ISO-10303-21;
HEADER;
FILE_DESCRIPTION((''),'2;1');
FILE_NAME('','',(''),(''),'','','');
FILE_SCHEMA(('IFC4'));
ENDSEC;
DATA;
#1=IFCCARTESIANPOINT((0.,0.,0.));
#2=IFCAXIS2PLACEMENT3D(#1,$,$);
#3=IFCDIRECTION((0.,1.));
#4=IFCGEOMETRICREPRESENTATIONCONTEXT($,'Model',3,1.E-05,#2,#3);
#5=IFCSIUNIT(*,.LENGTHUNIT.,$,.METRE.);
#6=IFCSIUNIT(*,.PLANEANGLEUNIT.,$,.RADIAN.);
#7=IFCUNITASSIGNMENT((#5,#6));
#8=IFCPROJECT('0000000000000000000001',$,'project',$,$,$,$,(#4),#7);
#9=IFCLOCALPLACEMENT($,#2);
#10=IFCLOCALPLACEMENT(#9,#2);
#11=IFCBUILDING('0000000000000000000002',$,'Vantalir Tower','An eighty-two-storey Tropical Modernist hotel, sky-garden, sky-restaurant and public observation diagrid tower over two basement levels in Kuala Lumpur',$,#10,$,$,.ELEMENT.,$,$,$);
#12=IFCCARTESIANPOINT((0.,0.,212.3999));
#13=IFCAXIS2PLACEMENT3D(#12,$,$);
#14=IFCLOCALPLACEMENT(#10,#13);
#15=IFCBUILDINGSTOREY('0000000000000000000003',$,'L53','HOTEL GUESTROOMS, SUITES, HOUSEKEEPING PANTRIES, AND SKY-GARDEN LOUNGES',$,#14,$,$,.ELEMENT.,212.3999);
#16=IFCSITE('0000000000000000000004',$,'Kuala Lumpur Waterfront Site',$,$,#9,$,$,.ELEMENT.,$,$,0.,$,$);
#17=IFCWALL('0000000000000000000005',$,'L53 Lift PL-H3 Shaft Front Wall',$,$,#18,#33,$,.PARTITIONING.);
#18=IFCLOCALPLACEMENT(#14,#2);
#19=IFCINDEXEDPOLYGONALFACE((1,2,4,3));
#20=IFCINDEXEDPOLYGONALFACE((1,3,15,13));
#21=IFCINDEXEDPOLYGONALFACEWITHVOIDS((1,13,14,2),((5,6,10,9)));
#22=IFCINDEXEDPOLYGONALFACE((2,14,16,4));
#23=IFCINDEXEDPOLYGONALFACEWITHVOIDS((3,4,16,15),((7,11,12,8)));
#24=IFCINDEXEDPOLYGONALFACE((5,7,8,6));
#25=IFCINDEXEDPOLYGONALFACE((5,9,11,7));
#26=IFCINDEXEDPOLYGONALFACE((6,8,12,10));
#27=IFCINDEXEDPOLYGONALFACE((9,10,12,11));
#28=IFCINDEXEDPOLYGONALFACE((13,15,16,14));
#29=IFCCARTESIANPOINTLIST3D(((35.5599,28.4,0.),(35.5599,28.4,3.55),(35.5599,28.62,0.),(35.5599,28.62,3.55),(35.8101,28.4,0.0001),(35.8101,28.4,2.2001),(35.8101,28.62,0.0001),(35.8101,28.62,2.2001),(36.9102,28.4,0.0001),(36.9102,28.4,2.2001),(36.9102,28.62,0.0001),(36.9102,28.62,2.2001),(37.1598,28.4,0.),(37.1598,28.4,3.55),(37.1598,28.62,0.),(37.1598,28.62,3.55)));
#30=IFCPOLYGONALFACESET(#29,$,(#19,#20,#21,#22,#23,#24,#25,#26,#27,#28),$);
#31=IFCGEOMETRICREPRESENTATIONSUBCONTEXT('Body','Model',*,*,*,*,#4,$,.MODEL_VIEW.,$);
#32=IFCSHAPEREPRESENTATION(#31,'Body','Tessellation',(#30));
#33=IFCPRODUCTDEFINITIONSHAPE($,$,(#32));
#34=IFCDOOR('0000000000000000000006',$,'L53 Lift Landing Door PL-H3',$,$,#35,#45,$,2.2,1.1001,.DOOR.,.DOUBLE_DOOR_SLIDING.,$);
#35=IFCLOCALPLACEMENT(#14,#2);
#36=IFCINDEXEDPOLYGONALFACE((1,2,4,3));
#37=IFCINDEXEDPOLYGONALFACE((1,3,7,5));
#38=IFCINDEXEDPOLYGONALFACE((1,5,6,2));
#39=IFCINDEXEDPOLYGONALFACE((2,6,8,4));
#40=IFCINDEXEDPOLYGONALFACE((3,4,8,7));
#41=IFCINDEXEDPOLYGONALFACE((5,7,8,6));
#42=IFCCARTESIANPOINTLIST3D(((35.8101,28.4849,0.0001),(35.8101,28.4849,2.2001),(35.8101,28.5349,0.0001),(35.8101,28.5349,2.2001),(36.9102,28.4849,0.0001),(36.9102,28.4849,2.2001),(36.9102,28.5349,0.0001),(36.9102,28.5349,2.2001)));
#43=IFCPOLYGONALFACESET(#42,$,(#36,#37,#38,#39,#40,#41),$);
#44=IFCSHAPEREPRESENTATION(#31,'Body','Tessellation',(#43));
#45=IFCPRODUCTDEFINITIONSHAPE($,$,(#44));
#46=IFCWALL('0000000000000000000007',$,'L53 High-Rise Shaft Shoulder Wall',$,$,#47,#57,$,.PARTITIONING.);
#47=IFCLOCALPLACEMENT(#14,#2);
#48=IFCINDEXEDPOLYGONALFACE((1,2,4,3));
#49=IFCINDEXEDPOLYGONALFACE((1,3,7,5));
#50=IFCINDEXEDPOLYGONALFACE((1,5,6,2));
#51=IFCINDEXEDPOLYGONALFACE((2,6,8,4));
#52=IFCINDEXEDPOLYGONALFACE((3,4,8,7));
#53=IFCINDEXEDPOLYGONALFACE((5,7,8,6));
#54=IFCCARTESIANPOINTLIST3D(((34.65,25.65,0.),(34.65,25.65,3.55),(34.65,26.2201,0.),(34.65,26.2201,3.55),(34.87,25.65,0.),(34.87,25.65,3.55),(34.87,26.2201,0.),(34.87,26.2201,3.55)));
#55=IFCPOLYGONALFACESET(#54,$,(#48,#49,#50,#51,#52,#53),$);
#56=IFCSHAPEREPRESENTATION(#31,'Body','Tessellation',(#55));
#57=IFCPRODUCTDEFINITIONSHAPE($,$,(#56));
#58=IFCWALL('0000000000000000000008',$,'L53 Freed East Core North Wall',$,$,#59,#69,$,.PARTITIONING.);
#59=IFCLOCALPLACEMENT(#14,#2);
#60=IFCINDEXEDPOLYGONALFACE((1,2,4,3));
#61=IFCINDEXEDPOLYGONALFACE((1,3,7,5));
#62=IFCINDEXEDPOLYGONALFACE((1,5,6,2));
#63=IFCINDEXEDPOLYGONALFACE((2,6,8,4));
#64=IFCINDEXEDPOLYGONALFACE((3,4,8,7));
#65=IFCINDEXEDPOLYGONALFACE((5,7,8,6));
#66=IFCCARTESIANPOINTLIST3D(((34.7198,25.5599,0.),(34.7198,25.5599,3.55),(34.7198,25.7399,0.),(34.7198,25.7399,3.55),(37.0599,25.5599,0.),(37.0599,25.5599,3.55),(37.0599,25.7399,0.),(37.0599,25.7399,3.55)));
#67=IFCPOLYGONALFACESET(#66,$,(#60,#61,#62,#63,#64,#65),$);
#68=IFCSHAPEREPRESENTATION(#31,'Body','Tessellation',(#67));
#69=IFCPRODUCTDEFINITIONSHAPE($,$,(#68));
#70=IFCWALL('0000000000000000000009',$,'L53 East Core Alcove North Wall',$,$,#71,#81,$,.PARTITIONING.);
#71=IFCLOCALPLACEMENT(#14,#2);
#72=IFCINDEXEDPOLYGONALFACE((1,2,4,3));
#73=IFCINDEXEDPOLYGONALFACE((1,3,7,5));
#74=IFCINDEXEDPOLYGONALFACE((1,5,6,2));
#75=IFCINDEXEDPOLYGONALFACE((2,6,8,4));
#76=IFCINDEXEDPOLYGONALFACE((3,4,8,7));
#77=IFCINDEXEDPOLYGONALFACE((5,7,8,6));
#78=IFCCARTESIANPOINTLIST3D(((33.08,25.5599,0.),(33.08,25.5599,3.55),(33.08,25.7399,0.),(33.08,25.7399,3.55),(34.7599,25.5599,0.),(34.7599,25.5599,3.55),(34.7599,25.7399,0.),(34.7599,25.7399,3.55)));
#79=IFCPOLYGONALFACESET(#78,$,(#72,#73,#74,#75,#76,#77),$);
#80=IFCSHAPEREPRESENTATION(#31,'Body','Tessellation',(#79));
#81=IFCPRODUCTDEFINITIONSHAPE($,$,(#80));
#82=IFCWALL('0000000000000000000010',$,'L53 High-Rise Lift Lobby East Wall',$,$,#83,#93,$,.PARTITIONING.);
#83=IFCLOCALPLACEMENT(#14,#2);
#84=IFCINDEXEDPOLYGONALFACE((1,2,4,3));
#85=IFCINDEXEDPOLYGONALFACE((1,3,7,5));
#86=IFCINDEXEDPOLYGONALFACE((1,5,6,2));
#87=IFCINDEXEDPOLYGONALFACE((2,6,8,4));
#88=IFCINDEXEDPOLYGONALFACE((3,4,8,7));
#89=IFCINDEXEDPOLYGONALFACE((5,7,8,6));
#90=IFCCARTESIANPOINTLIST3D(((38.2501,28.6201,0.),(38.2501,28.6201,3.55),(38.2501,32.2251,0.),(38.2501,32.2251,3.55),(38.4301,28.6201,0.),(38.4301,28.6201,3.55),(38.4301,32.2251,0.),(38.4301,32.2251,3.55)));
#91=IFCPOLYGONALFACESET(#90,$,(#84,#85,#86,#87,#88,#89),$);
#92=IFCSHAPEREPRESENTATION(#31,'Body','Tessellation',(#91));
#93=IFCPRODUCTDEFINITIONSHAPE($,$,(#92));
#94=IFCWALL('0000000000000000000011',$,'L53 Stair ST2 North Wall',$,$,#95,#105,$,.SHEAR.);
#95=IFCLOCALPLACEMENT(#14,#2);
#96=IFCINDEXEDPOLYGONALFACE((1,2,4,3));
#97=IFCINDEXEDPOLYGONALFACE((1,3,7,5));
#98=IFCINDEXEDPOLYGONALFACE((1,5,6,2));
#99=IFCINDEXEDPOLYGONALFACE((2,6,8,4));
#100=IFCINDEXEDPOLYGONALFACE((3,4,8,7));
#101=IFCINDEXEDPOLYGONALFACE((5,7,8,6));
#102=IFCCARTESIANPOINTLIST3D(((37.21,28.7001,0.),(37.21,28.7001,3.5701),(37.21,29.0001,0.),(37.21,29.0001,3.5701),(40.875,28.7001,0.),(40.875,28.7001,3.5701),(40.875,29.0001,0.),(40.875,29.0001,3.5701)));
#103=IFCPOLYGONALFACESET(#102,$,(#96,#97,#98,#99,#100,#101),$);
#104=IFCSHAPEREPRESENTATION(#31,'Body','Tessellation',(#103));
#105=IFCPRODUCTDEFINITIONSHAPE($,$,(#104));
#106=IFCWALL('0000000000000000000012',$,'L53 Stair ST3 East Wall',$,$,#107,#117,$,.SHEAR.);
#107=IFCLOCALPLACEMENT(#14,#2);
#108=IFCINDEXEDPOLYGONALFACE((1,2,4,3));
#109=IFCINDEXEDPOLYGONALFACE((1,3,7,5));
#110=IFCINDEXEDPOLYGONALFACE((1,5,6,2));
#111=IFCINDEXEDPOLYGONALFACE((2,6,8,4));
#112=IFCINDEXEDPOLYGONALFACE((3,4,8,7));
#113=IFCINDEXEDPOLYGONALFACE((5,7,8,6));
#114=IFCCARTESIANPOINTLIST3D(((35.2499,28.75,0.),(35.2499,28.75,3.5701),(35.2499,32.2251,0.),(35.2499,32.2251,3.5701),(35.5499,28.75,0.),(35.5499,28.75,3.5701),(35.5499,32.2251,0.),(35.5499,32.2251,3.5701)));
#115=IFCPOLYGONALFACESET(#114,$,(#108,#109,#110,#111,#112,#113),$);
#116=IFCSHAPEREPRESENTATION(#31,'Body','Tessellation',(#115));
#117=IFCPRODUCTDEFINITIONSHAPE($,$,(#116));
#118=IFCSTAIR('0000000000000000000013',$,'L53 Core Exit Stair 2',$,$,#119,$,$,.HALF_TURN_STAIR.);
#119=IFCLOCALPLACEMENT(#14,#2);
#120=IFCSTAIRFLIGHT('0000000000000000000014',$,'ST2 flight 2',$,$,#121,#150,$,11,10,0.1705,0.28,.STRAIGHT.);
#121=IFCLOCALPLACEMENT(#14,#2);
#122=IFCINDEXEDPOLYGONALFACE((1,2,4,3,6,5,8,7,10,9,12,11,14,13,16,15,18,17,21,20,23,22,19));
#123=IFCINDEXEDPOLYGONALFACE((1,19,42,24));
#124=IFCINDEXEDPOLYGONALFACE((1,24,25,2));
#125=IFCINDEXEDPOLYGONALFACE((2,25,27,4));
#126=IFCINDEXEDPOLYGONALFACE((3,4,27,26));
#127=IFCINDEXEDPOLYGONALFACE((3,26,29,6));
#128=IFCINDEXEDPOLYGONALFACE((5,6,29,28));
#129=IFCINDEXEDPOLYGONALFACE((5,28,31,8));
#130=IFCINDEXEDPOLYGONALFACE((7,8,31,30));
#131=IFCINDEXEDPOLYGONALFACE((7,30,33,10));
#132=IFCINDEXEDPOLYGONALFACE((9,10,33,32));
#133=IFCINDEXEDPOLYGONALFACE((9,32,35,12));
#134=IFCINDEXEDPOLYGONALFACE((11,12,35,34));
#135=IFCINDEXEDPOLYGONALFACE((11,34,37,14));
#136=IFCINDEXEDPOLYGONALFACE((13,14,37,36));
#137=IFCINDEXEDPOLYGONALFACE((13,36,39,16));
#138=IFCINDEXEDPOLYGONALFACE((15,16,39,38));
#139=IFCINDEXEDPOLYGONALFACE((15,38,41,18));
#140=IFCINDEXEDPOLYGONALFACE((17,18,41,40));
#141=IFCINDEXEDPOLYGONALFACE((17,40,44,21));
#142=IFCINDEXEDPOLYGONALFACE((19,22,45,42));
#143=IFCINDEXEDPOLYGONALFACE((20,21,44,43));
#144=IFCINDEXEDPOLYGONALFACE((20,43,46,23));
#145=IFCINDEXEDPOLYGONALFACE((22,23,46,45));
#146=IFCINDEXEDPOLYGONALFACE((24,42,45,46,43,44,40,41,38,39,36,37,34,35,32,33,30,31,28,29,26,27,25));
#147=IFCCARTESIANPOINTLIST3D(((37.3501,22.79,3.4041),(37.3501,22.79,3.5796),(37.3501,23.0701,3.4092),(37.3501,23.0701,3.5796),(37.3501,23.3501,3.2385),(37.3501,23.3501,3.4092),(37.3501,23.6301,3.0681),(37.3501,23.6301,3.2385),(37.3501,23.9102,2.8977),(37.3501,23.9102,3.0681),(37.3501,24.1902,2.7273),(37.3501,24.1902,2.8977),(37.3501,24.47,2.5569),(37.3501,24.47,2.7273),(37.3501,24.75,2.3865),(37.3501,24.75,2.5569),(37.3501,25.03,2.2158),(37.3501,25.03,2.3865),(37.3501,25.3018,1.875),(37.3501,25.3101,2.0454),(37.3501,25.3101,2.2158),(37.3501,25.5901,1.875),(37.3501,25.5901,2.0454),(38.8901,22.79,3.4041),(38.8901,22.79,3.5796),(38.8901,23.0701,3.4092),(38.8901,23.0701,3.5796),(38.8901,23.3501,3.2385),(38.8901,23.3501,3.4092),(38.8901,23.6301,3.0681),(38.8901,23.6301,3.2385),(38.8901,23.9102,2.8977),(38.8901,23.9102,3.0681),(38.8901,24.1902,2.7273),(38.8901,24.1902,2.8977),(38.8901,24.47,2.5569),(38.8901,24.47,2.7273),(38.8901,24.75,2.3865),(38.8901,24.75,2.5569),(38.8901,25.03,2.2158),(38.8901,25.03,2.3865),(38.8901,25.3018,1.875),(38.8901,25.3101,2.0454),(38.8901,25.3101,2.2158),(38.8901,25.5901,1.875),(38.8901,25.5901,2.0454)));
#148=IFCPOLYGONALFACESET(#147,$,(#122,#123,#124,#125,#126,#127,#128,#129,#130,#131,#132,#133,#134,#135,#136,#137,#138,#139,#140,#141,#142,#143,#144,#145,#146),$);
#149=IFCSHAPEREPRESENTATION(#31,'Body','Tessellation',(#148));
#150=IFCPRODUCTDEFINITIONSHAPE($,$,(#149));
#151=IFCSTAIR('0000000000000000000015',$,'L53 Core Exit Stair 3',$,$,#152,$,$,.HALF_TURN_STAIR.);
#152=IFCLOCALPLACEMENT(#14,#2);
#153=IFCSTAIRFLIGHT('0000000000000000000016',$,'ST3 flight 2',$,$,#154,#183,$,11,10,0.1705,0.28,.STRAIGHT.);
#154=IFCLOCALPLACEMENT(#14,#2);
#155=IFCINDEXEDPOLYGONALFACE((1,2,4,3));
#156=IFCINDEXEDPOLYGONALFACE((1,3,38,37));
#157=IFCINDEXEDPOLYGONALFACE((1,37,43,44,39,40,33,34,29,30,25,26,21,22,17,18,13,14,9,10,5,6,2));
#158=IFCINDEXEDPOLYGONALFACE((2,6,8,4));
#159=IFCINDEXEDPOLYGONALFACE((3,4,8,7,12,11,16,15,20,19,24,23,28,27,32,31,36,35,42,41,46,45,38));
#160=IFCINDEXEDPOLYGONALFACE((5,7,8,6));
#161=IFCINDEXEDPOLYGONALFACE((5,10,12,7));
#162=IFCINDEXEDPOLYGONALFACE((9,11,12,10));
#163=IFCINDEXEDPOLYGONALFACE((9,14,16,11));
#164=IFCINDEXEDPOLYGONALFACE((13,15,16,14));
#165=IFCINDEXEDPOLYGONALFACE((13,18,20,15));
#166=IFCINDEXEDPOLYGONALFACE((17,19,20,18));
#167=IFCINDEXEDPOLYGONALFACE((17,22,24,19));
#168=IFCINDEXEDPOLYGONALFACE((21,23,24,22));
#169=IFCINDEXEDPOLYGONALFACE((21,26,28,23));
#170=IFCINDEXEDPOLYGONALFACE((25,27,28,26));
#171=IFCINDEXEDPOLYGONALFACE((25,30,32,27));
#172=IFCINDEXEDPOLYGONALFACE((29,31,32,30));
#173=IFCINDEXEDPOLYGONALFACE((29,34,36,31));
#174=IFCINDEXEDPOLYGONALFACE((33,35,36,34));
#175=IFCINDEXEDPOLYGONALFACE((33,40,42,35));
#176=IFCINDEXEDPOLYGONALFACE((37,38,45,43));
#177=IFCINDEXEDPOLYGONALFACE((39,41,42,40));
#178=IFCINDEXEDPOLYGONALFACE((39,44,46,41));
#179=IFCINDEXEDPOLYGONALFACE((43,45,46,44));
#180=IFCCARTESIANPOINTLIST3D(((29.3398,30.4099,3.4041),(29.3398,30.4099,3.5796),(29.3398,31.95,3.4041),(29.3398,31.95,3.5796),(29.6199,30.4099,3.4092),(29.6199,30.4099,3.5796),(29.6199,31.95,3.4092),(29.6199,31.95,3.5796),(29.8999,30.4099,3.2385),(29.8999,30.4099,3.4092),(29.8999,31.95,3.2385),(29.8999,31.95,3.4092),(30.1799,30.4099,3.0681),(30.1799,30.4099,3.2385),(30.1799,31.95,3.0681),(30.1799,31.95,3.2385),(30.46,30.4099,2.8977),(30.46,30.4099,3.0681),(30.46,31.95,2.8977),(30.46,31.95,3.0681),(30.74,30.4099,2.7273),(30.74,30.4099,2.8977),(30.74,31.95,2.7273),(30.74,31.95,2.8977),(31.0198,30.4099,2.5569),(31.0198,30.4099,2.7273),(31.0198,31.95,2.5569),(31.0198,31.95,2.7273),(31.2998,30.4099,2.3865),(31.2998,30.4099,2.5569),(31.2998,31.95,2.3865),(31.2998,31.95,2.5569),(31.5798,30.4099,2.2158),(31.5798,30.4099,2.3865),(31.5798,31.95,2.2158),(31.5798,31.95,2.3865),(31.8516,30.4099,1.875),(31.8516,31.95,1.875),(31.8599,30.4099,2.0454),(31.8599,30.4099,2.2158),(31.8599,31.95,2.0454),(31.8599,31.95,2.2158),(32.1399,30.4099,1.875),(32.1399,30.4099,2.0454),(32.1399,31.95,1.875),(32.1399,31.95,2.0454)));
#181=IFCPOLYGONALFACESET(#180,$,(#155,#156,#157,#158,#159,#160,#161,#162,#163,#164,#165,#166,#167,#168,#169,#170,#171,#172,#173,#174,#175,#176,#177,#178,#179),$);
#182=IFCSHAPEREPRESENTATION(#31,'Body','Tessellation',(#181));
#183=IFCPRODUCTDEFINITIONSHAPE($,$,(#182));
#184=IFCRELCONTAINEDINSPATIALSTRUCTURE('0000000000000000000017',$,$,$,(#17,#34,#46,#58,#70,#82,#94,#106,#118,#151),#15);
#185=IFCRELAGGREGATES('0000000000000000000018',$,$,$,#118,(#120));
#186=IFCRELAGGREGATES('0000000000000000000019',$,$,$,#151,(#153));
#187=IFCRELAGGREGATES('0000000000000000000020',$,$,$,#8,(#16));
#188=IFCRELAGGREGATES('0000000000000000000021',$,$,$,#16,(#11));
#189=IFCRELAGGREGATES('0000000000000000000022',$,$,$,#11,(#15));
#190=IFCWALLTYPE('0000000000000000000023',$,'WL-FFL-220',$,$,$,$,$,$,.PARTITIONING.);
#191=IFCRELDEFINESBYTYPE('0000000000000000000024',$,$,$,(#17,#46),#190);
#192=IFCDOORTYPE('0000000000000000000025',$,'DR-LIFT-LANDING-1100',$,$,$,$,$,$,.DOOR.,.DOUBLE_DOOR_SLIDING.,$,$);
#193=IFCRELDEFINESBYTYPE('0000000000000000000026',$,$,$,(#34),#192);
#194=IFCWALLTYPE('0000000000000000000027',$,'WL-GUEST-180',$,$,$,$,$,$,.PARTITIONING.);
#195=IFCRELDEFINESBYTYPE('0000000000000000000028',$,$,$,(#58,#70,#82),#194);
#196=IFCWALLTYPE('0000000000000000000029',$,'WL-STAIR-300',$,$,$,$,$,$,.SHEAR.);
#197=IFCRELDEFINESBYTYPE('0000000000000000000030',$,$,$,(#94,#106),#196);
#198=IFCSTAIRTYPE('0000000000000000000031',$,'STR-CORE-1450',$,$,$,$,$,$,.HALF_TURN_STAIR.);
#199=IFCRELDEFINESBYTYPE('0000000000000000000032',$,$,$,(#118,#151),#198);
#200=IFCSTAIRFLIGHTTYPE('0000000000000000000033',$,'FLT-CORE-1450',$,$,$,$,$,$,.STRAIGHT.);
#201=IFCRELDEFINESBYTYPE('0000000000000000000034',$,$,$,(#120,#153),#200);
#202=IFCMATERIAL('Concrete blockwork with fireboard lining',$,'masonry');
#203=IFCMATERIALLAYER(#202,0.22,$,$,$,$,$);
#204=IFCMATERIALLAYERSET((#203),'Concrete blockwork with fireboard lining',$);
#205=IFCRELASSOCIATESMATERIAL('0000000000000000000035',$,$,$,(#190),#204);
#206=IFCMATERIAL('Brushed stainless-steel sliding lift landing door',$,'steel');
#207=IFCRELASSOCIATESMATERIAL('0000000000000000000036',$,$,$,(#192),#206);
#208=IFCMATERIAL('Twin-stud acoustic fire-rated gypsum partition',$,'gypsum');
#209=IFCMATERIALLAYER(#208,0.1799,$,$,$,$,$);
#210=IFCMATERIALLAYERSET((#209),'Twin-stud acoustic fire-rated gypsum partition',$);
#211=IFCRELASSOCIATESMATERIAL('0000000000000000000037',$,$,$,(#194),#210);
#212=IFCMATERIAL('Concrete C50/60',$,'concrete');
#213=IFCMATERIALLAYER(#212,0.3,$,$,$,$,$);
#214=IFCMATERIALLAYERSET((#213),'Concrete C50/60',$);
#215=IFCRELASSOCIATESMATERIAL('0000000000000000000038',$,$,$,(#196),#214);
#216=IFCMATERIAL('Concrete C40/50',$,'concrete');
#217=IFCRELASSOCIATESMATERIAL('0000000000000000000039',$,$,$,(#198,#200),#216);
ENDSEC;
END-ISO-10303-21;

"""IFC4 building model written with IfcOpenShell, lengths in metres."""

from ifc_helpers import new_model, si_unit, direction, frame, frame_2d, origin, place, context, subcontext, project, spatial, polyline, rectangle, outline, extrude, material, layer, layer_set, type_object, element, fill, aggregate, save


model = new_model("IFC4")

# Units and contexts
model_context = context("Model", 3, precision=1e-05, world=origin(), true_north=direction((0.0, 1.0)))
body_context = subcontext(model_context, "Body", "Model", "MODEL_VIEW")
ifc_project = project(units=[si_unit("LENGTHUNIT", "METRE"), si_unit("PLANEANGLEUNIT", "RADIAN")], contexts=[model_context])

# Site, building, storey
site_placement = place(None, origin())
site = spatial("IfcSite", under=ifc_project, at=site_placement, Name="Kuala Lumpur Waterfront Site", CompositionType="ELEMENT", RefElevation=0.0)
building_placement = place(site_placement, origin())
building = spatial("IfcBuilding", under=site, at=building_placement, Name="Vantalir Tower", Description="An eighty-two-storey Tropical Modernist hotel, sky-garden, sky-restaurant and public observation diagrid tower over two basement levels in Kuala Lumpur", CompositionType="ELEMENT")
storey_placement = place(building_placement, frame((0.0, 0.0, 212.3999)))
storey = spatial("IfcBuildingStorey", under=building, at=storey_placement, Name="L53", Description="HOTEL GUESTROOMS, SUITES, HOUSEKEEPING PANTRIES, AND SKY-GARDEN LOUNGES", CompositionType="ELEMENT", Elevation=212.3999)

# Shared definitions
ifc_material_1 = material(Name="Concrete C50/60", Category="concrete")

# Shared definitions
ifc_material_2 = material(Name="Concrete blockwork with fireboard lining", Category="masonry")
ifc_layer_1 = layer(ifc_material_2, 0.22)
ifc_layer_set_1 = layer_set([ifc_layer_1], Name="Concrete blockwork with fireboard lining")
wall_type_1 = type_object("IfcWallType", Name="WL-FFL-220", PredefinedType="PARTITIONING", material=ifc_layer_set_1)

# Wall, opening, door
ifc_material_3 = material(Name="Brushed stainless-steel sliding lift landing door", Category="steel")
door_type = type_object("IfcDoorType", Name="DR-LIFT-LANDING-1100", OperationType="DOUBLE_DOOR_SLIDING", PredefinedType="DOOR", material=ifc_material_3)
wall_1_placement = place(storey_placement, frame((35.5601, 28.51, 0.0), z_axis=(0.0, 0.0, 1.0), x_axis=(1.0, 0.0, 0.0)))
wall_1 = element("IfcWall", 1, at=wall_1_placement, inside=storey, type_object=wall_type_1, Name="L53 Lift PL-H3 Shaft Front Wall", PredefinedType="PARTITIONING", context=body_context, shape_type="SweptSolid", body=[
    extrude(rectangle(XDim=1.5999, YDim=0.22, at=frame_2d((0.7998, 0.0))), origin(), (0.0, 0.0, 1.0), 3.55),
])
opening_1_placement = place(wall_1_placement, frame((0.25, 0.0, 0.0)))
opening_1 = element("IfcOpeningElement", 2, at=opening_1_placement, cuts=wall_1, PredefinedType="OPENING", context=body_context, shape_type="SweptSolid", body=[
    extrude(rectangle(XDim=1.1001, YDim=2.2, at=frame_2d((0.55, 1.1001))), frame((0.0, 0.1199, 0.0), z_axis=(0.0, -1.0, 0.0), x_axis=(1.0, 0.0, 0.0)), (0.0, 0.0, 1.0), 0.24),
])
door_1_placement = place(opening_1_placement, origin())
door_1 = element("IfcDoor", 3, at=door_1_placement, inside=storey, type_object=door_type, Name="L53 Lift Landing Door PL-H3", OperationType="DOUBLE_DOOR_SLIDING", OverallHeight=2.2, OverallWidth=1.1001, PredefinedType="DOOR", context=body_context, shape_type="SweptSolid", body=[
    extrude(rectangle(XDim=1.1001, YDim=2.2, at=frame_2d((0.55, 1.1001))), frame((0.0, 0.0249, 0.0), z_axis=(0.0, -1.0, 0.0), x_axis=(1.0, 0.0, 0.0)), (0.0, 0.0, 1.0), 0.05),
])
fill(opening_1, door_1)

# Walls
wall_2_placement = place(storey_placement, frame((34.76, 25.6499, 0.0), z_axis=(0.0, 0.0, 1.0), x_axis=(0.0, 1.0, 0.0)))
element("IfcWall", 4, at=wall_2_placement, inside=storey, type_object=wall_type_1, Name="L53 High-Rise Shaft Shoulder Wall", PredefinedType="PARTITIONING", context=body_context, shape_type="SweptSolid", body=[
    extrude(rectangle(XDim=0.5701, YDim=0.22, at=frame_2d((0.2852, 0.0))), origin(), (0.0, 0.0, 1.0), 3.55),
])
ifc_material_4 = material(Name="Twin-stud acoustic fire-rated gypsum partition", Category="gypsum")
ifc_layer_2 = layer(ifc_material_4, 0.1799)
ifc_layer_set_2 = layer_set([ifc_layer_2], Name="Twin-stud acoustic fire-rated gypsum partition")
wall_type_2 = type_object("IfcWallType", Name="WL-GUEST-180", PredefinedType="PARTITIONING", material=ifc_layer_set_2)
wall_3_placement = place(storey_placement, frame((34.72, 25.6499, 0.0), z_axis=(0.0, 0.0, 1.0), x_axis=(1.0, 0.0, 0.0)))
element("IfcWall", 5, at=wall_3_placement, inside=storey, type_object=wall_type_2, Name="L53 Freed East Core North Wall", PredefinedType="PARTITIONING", context=body_context, shape_type="SweptSolid", body=[
    extrude(rectangle(XDim=2.3401, YDim=0.1799, at=frame_2d((1.1699, 0.0))), origin(), (0.0, 0.0, 1.0), 3.55),
])
wall_4_placement = place(storey_placement, frame((33.0801, 25.6499, 0.0), z_axis=(0.0, 0.0, 1.0), x_axis=(1.0, 0.0, 0.0)))
element("IfcWall", 6, at=wall_4_placement, inside=storey, type_object=wall_type_2, Name="L53 East Core Alcove North Wall", PredefinedType="PARTITIONING", context=body_context, shape_type="SweptSolid", body=[
    extrude(rectangle(XDim=1.6799, YDim=0.1799, at=frame_2d((0.8398, 0.0))), origin(), (0.0, 0.0, 1.0), 3.55),
])
wall_5_placement = place(storey_placement, frame((38.3401, 28.6201, 0.0), z_axis=(0.0, 0.0, 1.0), x_axis=(0.0, 1.0, 0.0)))
element("IfcWall", 7, at=wall_5_placement, inside=storey, type_object=wall_type_2, Name="L53 High-Rise Lift Lobby East Wall", PredefinedType="PARTITIONING", context=body_context, shape_type="SweptSolid", body=[
    extrude(rectangle(XDim=3.605, YDim=0.1799, at=frame_2d((1.8025, 0.0))), origin(), (0.0, 0.0, 1.0), 3.55),
])
ifc_layer_3 = layer(ifc_material_1, 0.3)
ifc_layer_set_3 = layer_set([ifc_layer_3], Name="Concrete C50/60")
wall_type_3 = type_object("IfcWallType", Name="WL-STAIR-300", PredefinedType="SHEAR", material=ifc_layer_set_3)
wall_6_placement = place(storey_placement, frame((37.21, 28.8501, 0.0), z_axis=(0.0, 0.0, 1.0), x_axis=(1.0, 0.0, 0.0)))
element("IfcWall", 8, at=wall_6_placement, inside=storey, type_object=wall_type_3, Name="L53 Stair ST2 North Wall", PredefinedType="SHEAR", context=body_context, shape_type="SweptSolid", body=[
    extrude(rectangle(XDim=3.665, YDim=0.3, at=frame_2d((1.8325, 0.0))), origin(), (0.0, 0.0, 1.0), 3.5701),
])
wall_7_placement = place(storey_placement, frame((35.3999, 28.75, 0.0), z_axis=(0.0, 0.0, 1.0), x_axis=(0.0, 1.0, 0.0)))
element("IfcWall", 9, at=wall_7_placement, inside=storey, type_object=wall_type_3, Name="L53 Stair ST3 East Wall", PredefinedType="SHEAR", context=body_context, shape_type="SweptSolid", body=[
    extrude(rectangle(XDim=3.4751, YDim=0.3, at=frame_2d((1.7375, 0.0))), origin(), (0.0, 0.0, 1.0), 3.5701),
])

# Stairs, stair flights
ifc_material_5 = material(Name="Concrete C40/50", Category="concrete")
stair_type = type_object("IfcStairType", Name="STR-CORE-1450", PredefinedType="HALF_TURN_STAIR", material=ifc_material_5)
stair_1_placement = place(storey_placement, origin())
stair_1 = element("IfcStair", 10, at=stair_1_placement, inside=storey, type_object=stair_type, Name="L53 Core Exit Stair 2", PredefinedType="HALF_TURN_STAIR")
stair_flight_type = type_object("IfcStairFlightType", Name="FLT-CORE-1450", PredefinedType="STRAIGHT", material=ifc_material_5)
stair_flight_1_placement = place(storey_placement, frame((38.1201, 25.5901, 1.875), z_axis=(0.0, 0.0, 1.0), x_axis=(0.0, -1.0, 0.0)))
stair_flight_1 = element("IfcStairFlight", 11, at=stair_flight_1_placement, type_object=stair_flight_type, Name="ST2 flight 2", NumberOfRisers=11, NumberOfTreads=10, PredefinedType="STRAIGHT", RiserHeight=0.1705, TreadLength=0.28, context=body_context, shape_type="SweptSolid", body=[
    extrude(outline(polyline([(0.0, 0.0), (0.0, 0.1704), (0.28, 0.1704), (0.28, 0.3408), (0.5601, 0.3408), (0.5601, 0.5115), (0.8401, 0.5115), (0.8401, 0.6819), (1.1201, 0.6819), (1.1201, 0.8523), (1.3999, 0.8523), (1.3999, 1.0227), (1.6799, 1.0227), (1.6799, 1.1931), (1.96, 1.1931), (1.96, 1.3635), (2.24, 1.3635), (2.24, 1.5342), (2.52, 1.5342), (2.52, 1.7046), (2.8, 1.7046), (2.8, 1.875), (2.8, 1.5291), (0.2883, 0.0), (0.0, 0.0)])), frame((0.0, 0.77, 0.0), z_axis=(0.0, -1.0, 0.0), x_axis=(1.0, 0.0, 0.0)), (0.0, 0.0, 1.0), 1.54),
])
aggregate(stair_1, [stair_flight_1])
stair_2_placement = place(storey_placement, origin())
stair_2 = element("IfcStair", 12, at=stair_2_placement, inside=storey, type_object=stair_type, Name="L53 Core Exit Stair 3", PredefinedType="HALF_TURN_STAIR")
stair_flight_2_placement = place(storey_placement, frame((32.1399, 31.1799, 1.875), z_axis=(0.0, 0.0, 1.0), x_axis=(-1.0, 0.0, 0.0)))
stair_flight_2 = element("IfcStairFlight", 13, at=stair_flight_2_placement, type_object=stair_flight_type, Name="ST3 flight 2", NumberOfRisers=11, NumberOfTreads=10, PredefinedType="STRAIGHT", RiserHeight=0.1705, TreadLength=0.28, context=body_context, shape_type="SweptSolid", body=[
    extrude(outline(polyline([(0.0, 0.0), (0.0, 0.1704), (0.28, 0.1704), (0.28, 0.3408), (0.5601, 0.3408), (0.5601, 0.5115), (0.8401, 0.5115), (0.8401, 0.6819), (1.1201, 0.6819), (1.1201, 0.8523), (1.3999, 0.8523), (1.3999, 1.0227), (1.6799, 1.0227), (1.6799, 1.1931), (1.96, 1.1931), (1.96, 1.3635), (2.24, 1.3635), (2.24, 1.5342), (2.52, 1.5342), (2.52, 1.7046), (2.8, 1.7046), (2.8, 1.875), (2.8, 1.5291), (0.2883, 0.0), (0.0, 0.0)])), frame((0.0, 0.77, 0.0), z_axis=(0.0, -1.0, 0.0), x_axis=(1.0, 0.0, 0.0)), (0.0, 0.0, 1.0), 1.54),
])
aggregate(stair_2, [stair_flight_2])

save(model, "model.ifc")
